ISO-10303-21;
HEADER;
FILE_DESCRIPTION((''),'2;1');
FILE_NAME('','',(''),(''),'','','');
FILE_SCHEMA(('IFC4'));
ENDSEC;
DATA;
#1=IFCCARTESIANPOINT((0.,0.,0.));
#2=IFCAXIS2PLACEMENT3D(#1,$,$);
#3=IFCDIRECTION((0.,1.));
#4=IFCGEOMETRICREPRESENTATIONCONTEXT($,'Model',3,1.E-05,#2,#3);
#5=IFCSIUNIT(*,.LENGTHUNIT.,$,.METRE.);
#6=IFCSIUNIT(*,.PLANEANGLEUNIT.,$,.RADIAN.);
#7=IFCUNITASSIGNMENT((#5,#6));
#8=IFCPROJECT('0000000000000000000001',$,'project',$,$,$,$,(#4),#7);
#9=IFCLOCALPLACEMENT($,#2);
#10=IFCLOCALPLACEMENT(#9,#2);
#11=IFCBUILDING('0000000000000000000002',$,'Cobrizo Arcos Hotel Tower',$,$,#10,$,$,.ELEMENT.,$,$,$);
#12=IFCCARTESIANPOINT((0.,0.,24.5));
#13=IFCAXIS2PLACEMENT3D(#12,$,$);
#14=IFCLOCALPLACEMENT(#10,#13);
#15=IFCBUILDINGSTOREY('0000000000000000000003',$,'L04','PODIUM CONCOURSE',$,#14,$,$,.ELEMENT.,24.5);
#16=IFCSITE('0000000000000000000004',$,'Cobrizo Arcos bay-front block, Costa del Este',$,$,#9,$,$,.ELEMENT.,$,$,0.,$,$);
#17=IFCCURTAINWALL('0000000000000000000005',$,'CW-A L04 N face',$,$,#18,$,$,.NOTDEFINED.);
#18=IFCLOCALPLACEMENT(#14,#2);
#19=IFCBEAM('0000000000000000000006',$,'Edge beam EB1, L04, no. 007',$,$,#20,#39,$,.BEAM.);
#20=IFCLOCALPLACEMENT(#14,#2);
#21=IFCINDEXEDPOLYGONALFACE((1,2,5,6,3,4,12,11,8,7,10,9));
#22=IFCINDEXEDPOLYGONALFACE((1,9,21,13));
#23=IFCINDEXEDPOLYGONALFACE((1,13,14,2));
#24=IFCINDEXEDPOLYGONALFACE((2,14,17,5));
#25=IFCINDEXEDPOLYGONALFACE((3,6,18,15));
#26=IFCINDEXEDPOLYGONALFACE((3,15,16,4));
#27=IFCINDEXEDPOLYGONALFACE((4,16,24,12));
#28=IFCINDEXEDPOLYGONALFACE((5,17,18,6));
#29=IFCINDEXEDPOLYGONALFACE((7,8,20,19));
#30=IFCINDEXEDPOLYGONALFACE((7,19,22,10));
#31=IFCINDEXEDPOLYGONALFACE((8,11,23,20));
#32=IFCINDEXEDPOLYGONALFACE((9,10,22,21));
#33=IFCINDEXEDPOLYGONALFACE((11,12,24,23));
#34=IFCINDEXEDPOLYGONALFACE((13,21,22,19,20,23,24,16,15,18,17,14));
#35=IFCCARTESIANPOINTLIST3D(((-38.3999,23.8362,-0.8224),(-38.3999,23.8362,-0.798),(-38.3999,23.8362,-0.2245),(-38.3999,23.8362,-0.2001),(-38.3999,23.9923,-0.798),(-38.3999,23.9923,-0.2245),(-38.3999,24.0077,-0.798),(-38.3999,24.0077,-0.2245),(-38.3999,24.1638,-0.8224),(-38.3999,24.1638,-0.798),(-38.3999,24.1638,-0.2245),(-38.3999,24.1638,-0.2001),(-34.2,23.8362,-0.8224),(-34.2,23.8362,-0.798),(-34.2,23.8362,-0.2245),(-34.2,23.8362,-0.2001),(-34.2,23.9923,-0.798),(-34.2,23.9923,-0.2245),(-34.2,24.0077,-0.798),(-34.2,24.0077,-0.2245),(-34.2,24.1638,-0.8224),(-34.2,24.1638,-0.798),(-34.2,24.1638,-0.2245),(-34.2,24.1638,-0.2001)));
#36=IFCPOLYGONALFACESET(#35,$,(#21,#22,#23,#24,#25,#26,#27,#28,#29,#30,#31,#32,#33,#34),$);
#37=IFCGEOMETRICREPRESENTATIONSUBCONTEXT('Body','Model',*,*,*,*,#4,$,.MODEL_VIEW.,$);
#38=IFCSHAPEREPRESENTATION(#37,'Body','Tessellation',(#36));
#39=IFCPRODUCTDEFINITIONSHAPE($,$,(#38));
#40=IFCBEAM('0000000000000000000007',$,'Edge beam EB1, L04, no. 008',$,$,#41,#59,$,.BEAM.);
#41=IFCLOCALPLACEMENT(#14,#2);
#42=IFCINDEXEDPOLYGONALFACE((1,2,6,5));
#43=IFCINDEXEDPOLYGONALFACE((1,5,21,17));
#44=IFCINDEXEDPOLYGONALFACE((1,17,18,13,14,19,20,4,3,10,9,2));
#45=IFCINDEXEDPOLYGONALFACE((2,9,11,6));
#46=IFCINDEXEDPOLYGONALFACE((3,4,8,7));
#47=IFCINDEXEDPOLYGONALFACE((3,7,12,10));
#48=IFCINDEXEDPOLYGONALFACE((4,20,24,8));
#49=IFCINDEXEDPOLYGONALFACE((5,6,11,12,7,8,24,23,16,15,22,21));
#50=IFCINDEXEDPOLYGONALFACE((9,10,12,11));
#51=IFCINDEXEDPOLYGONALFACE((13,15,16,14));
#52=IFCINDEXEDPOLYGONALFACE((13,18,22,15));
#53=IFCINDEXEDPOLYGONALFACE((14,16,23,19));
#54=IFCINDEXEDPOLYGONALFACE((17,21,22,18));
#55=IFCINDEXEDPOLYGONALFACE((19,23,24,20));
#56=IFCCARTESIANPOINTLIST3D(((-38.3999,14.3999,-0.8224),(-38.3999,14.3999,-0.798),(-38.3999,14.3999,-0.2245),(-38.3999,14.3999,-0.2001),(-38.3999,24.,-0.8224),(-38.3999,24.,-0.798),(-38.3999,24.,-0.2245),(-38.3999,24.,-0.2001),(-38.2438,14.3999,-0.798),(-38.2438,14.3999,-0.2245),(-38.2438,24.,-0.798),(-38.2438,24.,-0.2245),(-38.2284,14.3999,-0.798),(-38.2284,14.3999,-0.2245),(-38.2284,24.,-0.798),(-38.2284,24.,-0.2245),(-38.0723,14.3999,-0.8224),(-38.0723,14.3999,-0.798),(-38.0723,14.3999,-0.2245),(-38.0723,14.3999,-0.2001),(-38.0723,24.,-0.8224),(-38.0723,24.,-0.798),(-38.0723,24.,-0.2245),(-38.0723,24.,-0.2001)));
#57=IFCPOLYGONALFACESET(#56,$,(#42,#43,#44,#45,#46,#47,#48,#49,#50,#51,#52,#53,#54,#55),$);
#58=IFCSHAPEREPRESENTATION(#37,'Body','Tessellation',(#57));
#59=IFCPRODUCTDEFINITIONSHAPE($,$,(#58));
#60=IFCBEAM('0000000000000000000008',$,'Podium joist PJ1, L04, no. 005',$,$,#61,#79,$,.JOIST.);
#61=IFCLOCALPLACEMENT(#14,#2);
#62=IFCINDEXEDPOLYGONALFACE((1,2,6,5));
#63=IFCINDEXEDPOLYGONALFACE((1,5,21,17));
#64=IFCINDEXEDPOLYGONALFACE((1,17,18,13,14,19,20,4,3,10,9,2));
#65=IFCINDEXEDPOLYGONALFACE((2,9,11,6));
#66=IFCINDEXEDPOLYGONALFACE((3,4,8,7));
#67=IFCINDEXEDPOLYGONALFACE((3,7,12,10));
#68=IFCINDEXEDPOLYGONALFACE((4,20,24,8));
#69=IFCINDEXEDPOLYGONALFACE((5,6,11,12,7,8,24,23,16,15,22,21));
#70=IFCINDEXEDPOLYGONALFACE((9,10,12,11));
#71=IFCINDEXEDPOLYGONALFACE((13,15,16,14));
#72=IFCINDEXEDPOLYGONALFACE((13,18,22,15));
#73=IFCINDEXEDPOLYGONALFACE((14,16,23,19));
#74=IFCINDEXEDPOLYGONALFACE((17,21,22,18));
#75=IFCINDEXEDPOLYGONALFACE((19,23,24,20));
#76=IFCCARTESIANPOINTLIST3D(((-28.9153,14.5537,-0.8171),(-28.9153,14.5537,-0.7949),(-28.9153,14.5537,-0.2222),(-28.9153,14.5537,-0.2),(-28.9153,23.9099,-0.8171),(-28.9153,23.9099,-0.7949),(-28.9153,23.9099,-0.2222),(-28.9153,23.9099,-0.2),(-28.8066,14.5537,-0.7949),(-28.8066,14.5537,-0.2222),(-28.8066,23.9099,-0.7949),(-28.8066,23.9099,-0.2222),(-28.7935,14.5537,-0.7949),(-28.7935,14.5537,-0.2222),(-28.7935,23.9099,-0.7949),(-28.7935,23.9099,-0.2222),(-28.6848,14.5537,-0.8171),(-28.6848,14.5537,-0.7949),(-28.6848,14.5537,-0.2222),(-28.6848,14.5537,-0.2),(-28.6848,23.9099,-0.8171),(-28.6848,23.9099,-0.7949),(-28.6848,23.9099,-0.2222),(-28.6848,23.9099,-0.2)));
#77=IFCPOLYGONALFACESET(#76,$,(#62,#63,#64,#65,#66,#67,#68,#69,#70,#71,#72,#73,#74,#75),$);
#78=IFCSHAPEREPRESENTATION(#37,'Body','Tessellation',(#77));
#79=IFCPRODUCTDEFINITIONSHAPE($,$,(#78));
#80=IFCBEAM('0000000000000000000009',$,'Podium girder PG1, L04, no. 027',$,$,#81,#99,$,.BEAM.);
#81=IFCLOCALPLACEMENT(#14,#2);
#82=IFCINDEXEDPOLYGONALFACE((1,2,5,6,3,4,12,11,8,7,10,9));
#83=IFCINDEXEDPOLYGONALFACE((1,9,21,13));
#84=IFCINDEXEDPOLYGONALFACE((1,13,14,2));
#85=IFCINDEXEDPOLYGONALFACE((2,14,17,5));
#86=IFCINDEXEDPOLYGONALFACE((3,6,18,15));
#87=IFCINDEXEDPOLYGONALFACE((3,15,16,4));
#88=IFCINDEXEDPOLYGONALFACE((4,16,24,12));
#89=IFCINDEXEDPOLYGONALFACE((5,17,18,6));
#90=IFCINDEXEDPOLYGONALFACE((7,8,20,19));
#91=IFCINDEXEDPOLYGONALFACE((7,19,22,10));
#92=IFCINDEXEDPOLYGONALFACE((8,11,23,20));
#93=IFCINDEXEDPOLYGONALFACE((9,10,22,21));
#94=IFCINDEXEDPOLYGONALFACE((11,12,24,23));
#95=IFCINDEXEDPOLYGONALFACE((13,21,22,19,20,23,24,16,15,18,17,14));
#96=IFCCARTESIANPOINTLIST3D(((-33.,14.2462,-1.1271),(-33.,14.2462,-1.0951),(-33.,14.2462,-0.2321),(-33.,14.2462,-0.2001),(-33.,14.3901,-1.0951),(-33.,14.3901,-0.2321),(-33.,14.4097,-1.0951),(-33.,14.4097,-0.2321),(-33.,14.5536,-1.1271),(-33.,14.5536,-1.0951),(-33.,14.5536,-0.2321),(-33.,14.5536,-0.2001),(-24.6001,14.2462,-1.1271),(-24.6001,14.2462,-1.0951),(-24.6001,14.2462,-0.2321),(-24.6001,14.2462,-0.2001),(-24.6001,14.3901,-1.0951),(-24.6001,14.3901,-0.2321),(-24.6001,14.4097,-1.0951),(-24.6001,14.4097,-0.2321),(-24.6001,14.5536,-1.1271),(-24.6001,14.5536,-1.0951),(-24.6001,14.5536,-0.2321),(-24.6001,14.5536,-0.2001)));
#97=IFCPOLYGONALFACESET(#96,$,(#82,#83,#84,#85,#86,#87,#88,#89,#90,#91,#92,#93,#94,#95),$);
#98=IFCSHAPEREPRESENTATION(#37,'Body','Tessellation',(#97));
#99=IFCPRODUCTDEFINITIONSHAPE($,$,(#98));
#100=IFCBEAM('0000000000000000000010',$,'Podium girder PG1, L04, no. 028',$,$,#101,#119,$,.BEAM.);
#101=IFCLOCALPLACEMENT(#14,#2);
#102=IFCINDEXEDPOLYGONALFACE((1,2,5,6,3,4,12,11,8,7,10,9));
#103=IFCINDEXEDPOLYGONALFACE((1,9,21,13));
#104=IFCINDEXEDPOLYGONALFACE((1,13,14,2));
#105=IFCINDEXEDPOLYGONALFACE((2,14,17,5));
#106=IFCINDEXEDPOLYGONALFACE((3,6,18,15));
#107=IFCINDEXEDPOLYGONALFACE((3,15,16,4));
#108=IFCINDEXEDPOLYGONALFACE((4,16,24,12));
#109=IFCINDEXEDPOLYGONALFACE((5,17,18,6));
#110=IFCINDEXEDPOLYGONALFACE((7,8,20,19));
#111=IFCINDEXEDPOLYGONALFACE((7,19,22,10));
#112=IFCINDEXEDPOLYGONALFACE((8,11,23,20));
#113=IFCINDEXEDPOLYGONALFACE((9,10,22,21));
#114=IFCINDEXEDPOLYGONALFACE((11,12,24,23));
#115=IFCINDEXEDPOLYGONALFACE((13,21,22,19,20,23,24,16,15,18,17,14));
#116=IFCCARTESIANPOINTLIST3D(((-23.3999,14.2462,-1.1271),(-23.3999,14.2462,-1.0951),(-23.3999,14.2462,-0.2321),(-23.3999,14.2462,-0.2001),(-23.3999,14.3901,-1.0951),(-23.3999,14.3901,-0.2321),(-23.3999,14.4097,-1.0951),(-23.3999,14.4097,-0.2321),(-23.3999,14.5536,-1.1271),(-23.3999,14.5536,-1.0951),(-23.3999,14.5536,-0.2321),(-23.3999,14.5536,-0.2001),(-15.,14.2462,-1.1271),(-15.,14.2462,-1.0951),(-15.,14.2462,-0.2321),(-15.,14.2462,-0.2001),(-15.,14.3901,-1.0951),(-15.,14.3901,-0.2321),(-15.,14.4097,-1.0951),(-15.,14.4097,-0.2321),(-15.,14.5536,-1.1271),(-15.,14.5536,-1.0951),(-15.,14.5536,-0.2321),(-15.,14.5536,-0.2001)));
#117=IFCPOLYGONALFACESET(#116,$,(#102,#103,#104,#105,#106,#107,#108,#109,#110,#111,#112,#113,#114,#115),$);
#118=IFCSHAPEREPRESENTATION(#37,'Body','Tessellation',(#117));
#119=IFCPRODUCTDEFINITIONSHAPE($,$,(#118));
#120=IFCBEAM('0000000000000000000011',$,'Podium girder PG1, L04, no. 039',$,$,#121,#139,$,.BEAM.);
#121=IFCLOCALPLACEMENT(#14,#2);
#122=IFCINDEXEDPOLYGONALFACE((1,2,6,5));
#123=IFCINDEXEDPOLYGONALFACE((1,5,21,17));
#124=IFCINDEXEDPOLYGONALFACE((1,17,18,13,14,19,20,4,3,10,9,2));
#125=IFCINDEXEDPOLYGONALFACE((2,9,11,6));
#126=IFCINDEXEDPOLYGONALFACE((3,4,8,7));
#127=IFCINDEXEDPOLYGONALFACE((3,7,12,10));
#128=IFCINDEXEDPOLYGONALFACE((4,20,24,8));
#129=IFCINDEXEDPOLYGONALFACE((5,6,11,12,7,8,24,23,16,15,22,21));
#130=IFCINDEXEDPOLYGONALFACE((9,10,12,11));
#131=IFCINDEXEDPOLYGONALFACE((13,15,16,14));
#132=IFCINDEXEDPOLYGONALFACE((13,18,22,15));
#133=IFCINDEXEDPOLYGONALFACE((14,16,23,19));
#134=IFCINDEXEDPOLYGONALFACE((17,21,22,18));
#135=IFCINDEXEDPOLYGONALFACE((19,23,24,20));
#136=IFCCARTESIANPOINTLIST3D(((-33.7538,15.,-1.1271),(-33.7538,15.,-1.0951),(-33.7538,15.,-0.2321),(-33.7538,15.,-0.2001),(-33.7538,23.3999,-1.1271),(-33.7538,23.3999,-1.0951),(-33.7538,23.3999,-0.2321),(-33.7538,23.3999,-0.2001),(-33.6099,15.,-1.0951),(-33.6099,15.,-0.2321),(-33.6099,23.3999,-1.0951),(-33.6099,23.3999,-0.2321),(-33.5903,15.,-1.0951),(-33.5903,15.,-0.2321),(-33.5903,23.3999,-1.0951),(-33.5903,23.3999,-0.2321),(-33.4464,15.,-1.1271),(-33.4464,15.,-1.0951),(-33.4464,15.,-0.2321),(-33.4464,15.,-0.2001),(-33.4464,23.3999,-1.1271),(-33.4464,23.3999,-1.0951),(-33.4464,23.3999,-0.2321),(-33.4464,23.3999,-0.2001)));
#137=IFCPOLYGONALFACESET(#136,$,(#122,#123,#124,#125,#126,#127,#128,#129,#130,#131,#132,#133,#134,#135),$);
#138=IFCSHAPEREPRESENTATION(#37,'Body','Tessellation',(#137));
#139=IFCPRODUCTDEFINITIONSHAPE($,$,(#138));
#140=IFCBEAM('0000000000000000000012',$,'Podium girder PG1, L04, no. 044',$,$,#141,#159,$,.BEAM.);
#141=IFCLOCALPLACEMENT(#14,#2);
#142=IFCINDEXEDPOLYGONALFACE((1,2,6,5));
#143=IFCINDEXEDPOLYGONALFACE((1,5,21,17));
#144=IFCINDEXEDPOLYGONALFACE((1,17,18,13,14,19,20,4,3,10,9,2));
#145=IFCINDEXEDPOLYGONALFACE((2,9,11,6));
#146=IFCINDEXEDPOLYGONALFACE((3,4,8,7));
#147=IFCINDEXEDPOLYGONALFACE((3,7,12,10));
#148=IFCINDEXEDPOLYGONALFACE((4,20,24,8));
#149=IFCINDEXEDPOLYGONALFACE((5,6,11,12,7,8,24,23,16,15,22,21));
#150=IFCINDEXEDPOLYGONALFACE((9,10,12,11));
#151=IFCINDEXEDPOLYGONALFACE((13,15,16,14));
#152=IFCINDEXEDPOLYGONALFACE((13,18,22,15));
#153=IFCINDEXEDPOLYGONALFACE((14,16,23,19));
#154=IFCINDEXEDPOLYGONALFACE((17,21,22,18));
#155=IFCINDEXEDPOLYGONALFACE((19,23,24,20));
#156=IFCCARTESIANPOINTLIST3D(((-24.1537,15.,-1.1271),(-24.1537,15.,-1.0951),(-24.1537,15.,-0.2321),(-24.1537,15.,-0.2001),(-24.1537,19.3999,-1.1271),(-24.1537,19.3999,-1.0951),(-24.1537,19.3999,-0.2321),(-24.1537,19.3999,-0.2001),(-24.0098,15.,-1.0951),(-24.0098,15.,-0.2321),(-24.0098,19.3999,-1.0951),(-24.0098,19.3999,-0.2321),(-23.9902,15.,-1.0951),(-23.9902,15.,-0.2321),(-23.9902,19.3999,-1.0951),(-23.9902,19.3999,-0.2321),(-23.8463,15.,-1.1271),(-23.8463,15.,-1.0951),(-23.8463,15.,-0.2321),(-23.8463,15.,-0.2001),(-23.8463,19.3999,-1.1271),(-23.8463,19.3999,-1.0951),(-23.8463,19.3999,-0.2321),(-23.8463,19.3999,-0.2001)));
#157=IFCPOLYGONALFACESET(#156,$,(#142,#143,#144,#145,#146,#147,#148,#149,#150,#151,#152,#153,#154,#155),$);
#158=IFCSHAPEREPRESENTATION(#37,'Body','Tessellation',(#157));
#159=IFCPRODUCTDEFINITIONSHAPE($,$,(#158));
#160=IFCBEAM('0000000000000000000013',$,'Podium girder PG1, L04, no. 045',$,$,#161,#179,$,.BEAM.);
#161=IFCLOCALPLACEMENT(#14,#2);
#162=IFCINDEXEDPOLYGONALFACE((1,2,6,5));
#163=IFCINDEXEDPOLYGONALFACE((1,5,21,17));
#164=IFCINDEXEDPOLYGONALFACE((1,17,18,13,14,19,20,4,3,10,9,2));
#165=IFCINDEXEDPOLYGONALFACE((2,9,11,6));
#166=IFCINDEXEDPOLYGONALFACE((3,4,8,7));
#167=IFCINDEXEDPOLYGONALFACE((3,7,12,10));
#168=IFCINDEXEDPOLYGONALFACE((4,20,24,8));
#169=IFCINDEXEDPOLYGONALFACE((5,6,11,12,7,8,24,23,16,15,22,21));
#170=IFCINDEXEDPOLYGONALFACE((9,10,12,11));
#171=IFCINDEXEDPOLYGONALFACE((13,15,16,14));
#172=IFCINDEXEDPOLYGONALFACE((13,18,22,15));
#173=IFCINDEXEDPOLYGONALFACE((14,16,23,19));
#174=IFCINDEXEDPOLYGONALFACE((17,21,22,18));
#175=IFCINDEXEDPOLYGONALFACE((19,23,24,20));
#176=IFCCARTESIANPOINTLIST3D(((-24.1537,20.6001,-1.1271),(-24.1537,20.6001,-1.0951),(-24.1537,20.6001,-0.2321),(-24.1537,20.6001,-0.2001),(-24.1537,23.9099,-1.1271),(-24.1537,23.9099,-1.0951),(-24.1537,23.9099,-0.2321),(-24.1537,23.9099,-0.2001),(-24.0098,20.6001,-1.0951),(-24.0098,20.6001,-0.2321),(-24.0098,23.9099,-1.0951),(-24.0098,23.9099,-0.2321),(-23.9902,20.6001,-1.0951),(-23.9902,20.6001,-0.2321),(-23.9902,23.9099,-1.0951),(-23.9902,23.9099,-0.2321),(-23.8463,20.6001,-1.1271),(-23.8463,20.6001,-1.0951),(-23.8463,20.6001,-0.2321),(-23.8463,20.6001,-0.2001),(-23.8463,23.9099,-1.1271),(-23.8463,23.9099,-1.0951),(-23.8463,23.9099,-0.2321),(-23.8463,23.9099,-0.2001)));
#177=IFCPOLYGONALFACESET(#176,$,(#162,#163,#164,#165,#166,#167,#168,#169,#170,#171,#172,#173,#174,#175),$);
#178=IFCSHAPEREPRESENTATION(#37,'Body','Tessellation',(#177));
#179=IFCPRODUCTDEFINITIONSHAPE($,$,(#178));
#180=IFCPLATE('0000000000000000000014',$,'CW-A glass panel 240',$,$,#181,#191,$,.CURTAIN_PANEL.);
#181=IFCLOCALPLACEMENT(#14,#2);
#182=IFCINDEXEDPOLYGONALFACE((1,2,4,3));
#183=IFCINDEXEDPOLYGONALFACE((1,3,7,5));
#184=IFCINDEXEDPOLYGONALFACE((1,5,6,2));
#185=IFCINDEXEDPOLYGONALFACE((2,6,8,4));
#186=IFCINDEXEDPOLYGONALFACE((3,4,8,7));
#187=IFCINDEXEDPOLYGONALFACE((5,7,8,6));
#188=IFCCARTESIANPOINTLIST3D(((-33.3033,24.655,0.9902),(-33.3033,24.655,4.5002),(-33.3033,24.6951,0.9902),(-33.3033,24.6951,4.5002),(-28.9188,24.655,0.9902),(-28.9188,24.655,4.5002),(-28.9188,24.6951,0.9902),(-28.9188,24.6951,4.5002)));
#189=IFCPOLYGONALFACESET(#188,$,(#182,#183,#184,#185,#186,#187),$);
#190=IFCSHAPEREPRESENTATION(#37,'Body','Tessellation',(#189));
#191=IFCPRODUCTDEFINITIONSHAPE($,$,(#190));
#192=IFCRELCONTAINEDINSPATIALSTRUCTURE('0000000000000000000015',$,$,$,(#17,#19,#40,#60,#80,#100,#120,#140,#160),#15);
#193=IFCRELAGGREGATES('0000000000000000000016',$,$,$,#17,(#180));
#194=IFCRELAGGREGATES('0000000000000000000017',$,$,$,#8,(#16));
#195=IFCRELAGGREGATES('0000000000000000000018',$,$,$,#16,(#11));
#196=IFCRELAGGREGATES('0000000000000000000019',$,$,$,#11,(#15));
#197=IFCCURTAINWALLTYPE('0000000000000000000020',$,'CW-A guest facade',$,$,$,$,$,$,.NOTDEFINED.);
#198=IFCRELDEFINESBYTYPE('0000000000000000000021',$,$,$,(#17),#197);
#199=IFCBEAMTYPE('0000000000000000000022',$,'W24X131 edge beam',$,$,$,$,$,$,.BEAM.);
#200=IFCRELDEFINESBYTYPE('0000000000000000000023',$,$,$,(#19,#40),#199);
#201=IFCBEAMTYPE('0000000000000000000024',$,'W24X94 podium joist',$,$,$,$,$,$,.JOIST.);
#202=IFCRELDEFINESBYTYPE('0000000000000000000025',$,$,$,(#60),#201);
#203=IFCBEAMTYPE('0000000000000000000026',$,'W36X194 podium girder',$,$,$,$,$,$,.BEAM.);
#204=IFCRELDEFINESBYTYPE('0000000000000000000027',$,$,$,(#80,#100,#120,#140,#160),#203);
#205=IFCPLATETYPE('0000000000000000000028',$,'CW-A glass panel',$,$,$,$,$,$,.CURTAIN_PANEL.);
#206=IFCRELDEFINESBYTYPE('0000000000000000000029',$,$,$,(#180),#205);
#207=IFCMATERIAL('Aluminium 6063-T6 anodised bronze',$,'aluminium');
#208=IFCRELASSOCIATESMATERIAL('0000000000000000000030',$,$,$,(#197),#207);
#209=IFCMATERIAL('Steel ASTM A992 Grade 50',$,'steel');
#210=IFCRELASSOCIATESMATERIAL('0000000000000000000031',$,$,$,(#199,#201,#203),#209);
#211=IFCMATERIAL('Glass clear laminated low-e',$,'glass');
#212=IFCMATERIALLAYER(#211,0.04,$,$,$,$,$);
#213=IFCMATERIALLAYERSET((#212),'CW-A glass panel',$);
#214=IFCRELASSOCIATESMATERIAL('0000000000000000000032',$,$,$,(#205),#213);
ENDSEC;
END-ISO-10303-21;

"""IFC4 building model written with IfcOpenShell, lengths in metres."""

from ifc_helpers import new_model, si_unit, direction, frame, origin, origin_2d, place, context, subcontext, project, spatial, rectangle, i_section, extrude, material, layer, layer_set, material_profile, profile_set, type_object, element, aggregate, save


model = new_model("IFC4")

# Units and contexts
model_context = context("Model", 3, precision=1e-05, world=origin(), true_north=direction((0.0, 1.0)))
body_context = subcontext(model_context, "Body", "Model", "MODEL_VIEW")
ifc_project = project(units=[si_unit("LENGTHUNIT", "METRE"), si_unit("PLANEANGLEUNIT", "RADIAN")], contexts=[model_context])

# Site, building, storey
site_placement = place(None, origin())
site = spatial("IfcSite", under=ifc_project, at=site_placement, Name="Cobrizo Arcos bay-front block, Costa del Este", CompositionType="ELEMENT", RefElevation=0.0)
building_placement = place(site_placement, origin())
building = spatial("IfcBuilding", under=site, at=building_placement, Name="Cobrizo Arcos Hotel Tower", CompositionType="ELEMENT")
storey_placement = place(building_placement, frame((0.0, 0.0, 24.5)))
storey = spatial("IfcBuildingStorey", under=building, at=storey_placement, Name="L04", Description="PODIUM CONCOURSE", CompositionType="ELEMENT", Elevation=24.5)

# Curtain wall
ifc_material_1 = material(Name="Aluminium 6063-T6 anodised bronze", Category="aluminium")
curtain_wall_type_1 = type_object("IfcCurtainWallType", Name="CW-A guest facade", PredefinedType="NOTDEFINED", material=ifc_material_1)
curtain_wall_1_placement = place(storey_placement, origin())
curtain_wall_1 = element("IfcCurtainWall", 1, at=curtain_wall_1_placement, inside=storey, type_object=curtain_wall_type_1, Name="CW-A L04 N face", PredefinedType="NOTDEFINED")

# Beams
ifc_material_2 = material(Name="Steel ASTM A992 Grade 50", Category="steel")
ifc_material_profile_1 = material_profile(ifc_material_2, i_section(OverallWidth=0.3276, OverallDepth=0.6223, WebThickness=0.0154, FlangeThickness=0.0244, at=origin_2d()), Name="W24X131")
ifc_profile_set_1 = profile_set([ifc_material_profile_1], Name="Steel ASTM A992 Grade 50")
beam_type_1 = type_object("IfcBeamType", Name="W24X131 edge beam", PredefinedType="BEAM", material=ifc_profile_set_1)
beam_1_placement = place(storey_placement, frame((-34.2, 24.0, -0.5112), z_axis=(-1.0, 0.0, 0.0), x_axis=(0.0, -1.0, 0.0)))
element("IfcBeam", 2, at=beam_1_placement, inside=storey, type_object=beam_type_1, Name="Edge beam EB1, L04, no. 007", PredefinedType="BEAM", context=body_context, shape_type="SweptSolid", body=[
    extrude(i_section(OverallWidth=0.3276, OverallDepth=0.6223, WebThickness=0.0154, FlangeThickness=0.0244, at=origin_2d()), origin(), (0.0, 0.0, 1.0), 4.2),
])
beam_2_placement = place(storey_placement, frame((-38.2361, 24.0, -0.5112), z_axis=(0.0, -1.0, 0.0), x_axis=(1.0, 0.0, 0.0)))
element("IfcBeam", 3, at=beam_2_placement, inside=storey, type_object=beam_type_1, Name="Edge beam EB1, L04, no. 008", PredefinedType="BEAM", context=body_context, shape_type="SweptSolid", body=[
    extrude(i_section(OverallWidth=0.3276, OverallDepth=0.6223, WebThickness=0.0154, FlangeThickness=0.0244, at=origin_2d()), origin(), (0.0, 0.0, 1.0), 9.6001),
])
ifc_material_profile_2 = material_profile(ifc_material_2, i_section(OverallWidth=0.2305, OverallDepth=0.6172, WebThickness=0.0132, FlangeThickness=0.0222, at=origin_2d()), Name="W24X94")
ifc_profile_set_2 = profile_set([ifc_material_profile_2], Name="Steel ASTM A992 Grade 50")
beam_type_2 = type_object("IfcBeamType", Name="W24X94 podium joist", PredefinedType="JOIST", material=ifc_profile_set_2)
beam_3_placement = place(storey_placement, frame((-28.8, 14.5537, -0.5085), z_axis=(0.0, 1.0, 0.0), x_axis=(-1.0, 0.0, 0.0)))
element("IfcBeam", 4, at=beam_3_placement, inside=storey, type_object=beam_type_2, Name="Podium joist PJ1, L04, no. 005", PredefinedType="JOIST", context=body_context, shape_type="SweptSolid", body=[
    extrude(i_section(OverallWidth=0.2305, OverallDepth=0.6172, WebThickness=0.0132, FlangeThickness=0.0222, at=origin_2d()), origin(), (0.0, 0.0, 1.0), 9.3562),
])
ifc_material_profile_3 = material_profile(ifc_material_2, i_section(OverallWidth=0.3074, OverallDepth=0.927, WebThickness=0.0195, FlangeThickness=0.032, at=origin_2d()), Name="W36X194")
ifc_profile_set_3 = profile_set([ifc_material_profile_3], Name="Steel ASTM A992 Grade 50")
beam_type_3 = type_object("IfcBeamType", Name="W36X194 podium girder", PredefinedType="BEAM", material=ifc_profile_set_3)
for number, where, z_axis, x_axis, name in (
    (5, (-33.0, 14.3999, -0.6636), (1.0, 0.0, 0.0), (0.0, 1.0, 0.0), "Podium girder PG1, L04, no. 027"),
    (6, (-23.3999, 14.3999, -0.6636), (1.0, 0.0, 0.0), (0.0, 1.0, 0.0), "Podium girder PG1, L04, no. 028"),
    (7, (-33.6001, 15.0, -0.6636), (0.0, 1.0, 0.0), (-1.0, 0.0, 0.0), "Podium girder PG1, L04, no. 039"),
):
    element("IfcBeam", number, at=place(storey_placement, frame(where, z_axis=z_axis, x_axis=x_axis)), inside=storey, type_object=beam_type_3, Name=name, PredefinedType="BEAM", context=body_context, shape_type="SweptSolid", body=[
        extrude(i_section(OverallWidth=0.3074, OverallDepth=0.927, WebThickness=0.0195, FlangeThickness=0.032, at=origin_2d()), origin(), (0.0, 0.0, 1.0), 8.3999),
    ])
beam_4_placement = place(storey_placement, frame((-24.0, 15.0, -0.6636), z_axis=(0.0, 1.0, 0.0), x_axis=(-1.0, 0.0, 0.0)))
element("IfcBeam", 8, at=beam_4_placement, inside=storey, type_object=beam_type_3, Name="Podium girder PG1, L04, no. 044", PredefinedType="BEAM", context=body_context, shape_type="SweptSolid", body=[
    extrude(i_section(OverallWidth=0.3074, OverallDepth=0.927, WebThickness=0.0195, FlangeThickness=0.032, at=origin_2d()), origin(), (0.0, 0.0, 1.0), 4.3999),
])
beam_5_placement = place(storey_placement, frame((-24.0, 20.6001, -0.6636), z_axis=(0.0, 1.0, 0.0), x_axis=(-1.0, 0.0, 0.0)))
element("IfcBeam", 9, at=beam_5_placement, inside=storey, type_object=beam_type_3, Name="Podium girder PG1, L04, no. 045", PredefinedType="BEAM", context=body_context, shape_type="SweptSolid", body=[
    extrude(i_section(OverallWidth=0.3074, OverallDepth=0.927, WebThickness=0.0195, FlangeThickness=0.032, at=origin_2d()), origin(), (0.0, 0.0, 1.0), 3.3098),
])

# Plate
ifc_material_3 = material(Name="Glass clear laminated low-e", Category="glass")
ifc_layer_1 = layer(ifc_material_3, 0.04)
ifc_layer_set_1 = layer_set([ifc_layer_1], Name="CW-A glass panel")
plate_type_1 = type_object("IfcPlateType", Name="CW-A glass panel", PredefinedType="CURTAIN_PANEL", material=ifc_layer_set_1)
plate_1_placement = place(storey_placement, frame((-31.1111, 24.675, 0.9902), z_axis=(0.0, 0.0, 1.0), x_axis=(-1.0, 0.0, 0.0)))
plate_1 = element("IfcPlate", 10, at=plate_1_placement, type_object=plate_type_1, Name="CW-A glass panel 240", PredefinedType="CURTAIN_PANEL", context=body_context, shape_type="SweptSolid", body=[
    extrude(rectangle(XDim=4.3845, YDim=0.04, at=origin_2d()), origin(), (0.0, 0.0, 1.0), 3.51),
])
aggregate(curtain_wall_1, [plate_1])

save(model, "model.ifc")
